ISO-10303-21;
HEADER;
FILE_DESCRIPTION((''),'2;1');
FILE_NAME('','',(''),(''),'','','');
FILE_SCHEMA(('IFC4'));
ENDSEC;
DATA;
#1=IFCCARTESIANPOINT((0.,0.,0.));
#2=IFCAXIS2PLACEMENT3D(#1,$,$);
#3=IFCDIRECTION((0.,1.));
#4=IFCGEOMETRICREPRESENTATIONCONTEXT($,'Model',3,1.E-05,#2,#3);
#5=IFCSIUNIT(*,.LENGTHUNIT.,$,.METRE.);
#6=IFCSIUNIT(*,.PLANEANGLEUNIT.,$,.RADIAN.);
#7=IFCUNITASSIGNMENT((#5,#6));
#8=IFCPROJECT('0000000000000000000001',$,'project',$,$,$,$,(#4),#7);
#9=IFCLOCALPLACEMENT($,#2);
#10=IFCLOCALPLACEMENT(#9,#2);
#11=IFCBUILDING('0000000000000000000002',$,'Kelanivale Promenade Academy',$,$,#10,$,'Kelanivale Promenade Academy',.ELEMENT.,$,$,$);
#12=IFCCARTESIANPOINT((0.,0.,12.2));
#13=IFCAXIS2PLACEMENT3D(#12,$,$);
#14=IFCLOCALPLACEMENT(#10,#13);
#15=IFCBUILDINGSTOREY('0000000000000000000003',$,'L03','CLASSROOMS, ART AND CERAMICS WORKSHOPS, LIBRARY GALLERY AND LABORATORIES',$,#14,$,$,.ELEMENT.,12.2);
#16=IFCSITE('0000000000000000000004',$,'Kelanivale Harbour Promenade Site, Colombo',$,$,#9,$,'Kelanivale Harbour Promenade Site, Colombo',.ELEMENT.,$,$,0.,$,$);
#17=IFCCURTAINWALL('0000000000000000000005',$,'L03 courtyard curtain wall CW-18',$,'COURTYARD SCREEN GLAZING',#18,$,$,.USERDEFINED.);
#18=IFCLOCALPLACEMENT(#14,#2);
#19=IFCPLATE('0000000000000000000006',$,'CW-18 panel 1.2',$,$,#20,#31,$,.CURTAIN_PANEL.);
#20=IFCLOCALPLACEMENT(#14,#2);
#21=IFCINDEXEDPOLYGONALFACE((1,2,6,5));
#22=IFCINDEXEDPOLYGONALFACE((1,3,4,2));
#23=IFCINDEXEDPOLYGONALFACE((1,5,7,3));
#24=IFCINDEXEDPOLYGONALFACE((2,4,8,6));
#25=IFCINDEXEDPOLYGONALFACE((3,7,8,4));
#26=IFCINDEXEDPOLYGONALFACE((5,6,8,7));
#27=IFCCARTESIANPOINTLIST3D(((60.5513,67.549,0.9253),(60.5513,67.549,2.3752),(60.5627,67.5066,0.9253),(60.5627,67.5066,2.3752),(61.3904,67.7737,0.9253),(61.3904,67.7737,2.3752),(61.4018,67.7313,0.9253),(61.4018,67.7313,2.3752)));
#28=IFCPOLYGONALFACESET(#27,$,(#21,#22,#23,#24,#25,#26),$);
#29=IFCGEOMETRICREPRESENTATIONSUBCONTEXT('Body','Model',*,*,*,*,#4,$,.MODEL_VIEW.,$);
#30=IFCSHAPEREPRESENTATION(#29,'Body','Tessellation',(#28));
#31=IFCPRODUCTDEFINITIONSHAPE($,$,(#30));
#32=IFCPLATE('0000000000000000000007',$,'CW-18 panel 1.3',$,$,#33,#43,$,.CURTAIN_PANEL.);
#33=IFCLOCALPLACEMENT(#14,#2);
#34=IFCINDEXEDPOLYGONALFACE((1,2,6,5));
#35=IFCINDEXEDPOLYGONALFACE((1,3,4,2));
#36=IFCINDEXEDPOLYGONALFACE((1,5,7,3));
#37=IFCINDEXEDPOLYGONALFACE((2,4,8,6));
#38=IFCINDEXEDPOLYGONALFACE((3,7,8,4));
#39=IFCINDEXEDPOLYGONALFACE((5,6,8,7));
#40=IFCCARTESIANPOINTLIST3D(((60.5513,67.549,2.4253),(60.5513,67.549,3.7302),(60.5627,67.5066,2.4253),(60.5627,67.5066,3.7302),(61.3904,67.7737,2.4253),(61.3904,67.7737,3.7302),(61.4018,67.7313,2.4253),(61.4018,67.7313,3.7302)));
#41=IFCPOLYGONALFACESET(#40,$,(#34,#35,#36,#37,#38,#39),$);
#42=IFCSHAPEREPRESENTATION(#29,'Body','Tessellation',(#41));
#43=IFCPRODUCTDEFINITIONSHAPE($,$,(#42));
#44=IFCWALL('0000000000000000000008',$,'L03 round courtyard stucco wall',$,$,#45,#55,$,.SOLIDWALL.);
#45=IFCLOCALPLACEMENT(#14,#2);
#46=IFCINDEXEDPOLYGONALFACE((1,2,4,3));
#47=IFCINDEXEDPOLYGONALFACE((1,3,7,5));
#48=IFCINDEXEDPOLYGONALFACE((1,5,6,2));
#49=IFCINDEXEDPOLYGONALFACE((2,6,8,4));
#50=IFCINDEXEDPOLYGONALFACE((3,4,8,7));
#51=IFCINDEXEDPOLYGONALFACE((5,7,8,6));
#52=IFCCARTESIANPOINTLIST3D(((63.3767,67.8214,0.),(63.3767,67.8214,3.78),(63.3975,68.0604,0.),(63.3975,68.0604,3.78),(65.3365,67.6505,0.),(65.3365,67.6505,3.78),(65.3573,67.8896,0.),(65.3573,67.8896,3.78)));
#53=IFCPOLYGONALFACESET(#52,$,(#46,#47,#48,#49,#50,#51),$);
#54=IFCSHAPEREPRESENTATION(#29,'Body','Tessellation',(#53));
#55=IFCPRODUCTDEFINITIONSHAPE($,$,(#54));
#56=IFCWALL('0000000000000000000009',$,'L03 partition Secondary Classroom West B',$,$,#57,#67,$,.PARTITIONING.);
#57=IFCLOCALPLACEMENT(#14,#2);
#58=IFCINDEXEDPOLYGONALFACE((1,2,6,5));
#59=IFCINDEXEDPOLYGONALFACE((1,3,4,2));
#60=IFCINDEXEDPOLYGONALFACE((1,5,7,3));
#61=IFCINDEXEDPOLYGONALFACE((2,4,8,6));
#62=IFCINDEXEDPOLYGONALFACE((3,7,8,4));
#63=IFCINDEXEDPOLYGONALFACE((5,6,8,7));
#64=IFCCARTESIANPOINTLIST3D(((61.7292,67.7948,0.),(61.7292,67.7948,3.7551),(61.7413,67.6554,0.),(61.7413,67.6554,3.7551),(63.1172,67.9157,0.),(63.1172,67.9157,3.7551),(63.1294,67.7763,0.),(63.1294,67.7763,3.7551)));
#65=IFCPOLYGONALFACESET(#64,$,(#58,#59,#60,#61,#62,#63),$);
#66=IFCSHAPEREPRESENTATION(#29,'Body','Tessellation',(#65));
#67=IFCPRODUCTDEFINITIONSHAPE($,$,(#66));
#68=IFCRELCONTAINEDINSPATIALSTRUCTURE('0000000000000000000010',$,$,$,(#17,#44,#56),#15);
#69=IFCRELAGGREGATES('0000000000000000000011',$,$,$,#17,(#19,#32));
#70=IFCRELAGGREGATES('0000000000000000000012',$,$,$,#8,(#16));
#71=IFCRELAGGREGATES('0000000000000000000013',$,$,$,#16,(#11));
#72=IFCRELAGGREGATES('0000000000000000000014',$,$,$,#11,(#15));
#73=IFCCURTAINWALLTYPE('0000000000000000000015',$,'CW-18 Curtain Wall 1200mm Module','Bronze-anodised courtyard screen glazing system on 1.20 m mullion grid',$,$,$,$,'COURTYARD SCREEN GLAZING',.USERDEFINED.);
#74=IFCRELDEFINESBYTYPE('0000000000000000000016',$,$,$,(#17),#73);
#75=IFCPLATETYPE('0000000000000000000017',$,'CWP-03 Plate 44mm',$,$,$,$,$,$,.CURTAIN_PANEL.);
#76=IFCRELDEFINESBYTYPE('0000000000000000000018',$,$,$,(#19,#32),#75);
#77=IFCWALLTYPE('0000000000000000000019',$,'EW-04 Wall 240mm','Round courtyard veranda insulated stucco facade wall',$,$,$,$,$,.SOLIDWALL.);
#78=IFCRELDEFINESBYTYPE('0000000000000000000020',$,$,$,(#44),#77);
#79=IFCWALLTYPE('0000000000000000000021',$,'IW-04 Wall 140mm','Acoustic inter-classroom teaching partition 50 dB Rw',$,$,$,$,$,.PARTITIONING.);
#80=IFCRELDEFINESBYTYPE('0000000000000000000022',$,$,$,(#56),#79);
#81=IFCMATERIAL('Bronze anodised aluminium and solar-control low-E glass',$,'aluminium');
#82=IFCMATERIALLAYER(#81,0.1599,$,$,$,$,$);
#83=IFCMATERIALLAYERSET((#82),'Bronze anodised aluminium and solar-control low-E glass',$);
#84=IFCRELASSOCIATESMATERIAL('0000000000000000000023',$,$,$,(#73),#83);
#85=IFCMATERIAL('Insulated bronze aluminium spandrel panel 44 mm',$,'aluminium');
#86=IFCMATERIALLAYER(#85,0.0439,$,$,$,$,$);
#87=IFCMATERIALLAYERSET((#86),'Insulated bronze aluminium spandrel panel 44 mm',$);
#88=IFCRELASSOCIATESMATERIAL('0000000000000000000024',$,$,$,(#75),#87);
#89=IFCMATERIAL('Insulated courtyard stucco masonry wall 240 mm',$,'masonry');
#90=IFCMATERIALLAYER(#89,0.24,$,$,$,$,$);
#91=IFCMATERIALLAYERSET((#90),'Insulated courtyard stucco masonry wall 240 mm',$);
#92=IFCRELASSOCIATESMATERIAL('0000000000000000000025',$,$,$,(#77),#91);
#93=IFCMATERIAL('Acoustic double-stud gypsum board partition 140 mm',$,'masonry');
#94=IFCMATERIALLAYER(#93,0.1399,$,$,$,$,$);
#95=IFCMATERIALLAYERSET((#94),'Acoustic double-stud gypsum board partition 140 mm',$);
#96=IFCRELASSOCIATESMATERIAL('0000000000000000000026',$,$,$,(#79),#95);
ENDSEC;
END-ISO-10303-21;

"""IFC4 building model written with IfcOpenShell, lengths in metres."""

from ifc_helpers import new_model, si_unit, direction, frame, frame_2d, origin, origin_2d, place, context, subcontext, project, spatial, rectangle, extrude, material, layer, layer_set, type_object, element, aggregate, save


model = new_model("IFC4")

# Units and contexts
model_context = context("Model", 3, precision=1e-05, world=origin(), true_north=direction((0.0, 1.0)))
body_context = subcontext(model_context, "Body", "Model", "MODEL_VIEW")
ifc_project = project(units=[si_unit("LENGTHUNIT", "METRE"), si_unit("PLANEANGLEUNIT", "RADIAN")], contexts=[model_context])

# Site, building, storey
site_placement = place(None, origin())
site = spatial("IfcSite", under=ifc_project, at=site_placement, Name="Kelanivale Harbour Promenade Site, Colombo", LongName="Kelanivale Harbour Promenade Site, Colombo", CompositionType="ELEMENT", RefElevation=0.0)
building_placement = place(site_placement, origin())
building = spatial("IfcBuilding", under=site, at=building_placement, Name="Kelanivale Promenade Academy", LongName="Kelanivale Promenade Academy", CompositionType="ELEMENT")
storey_placement = place(building_placement, frame((0.0, 0.0, 12.2)))
storey = spatial("IfcBuildingStorey", under=building, at=storey_placement, Name="L03", Description="CLASSROOMS, ART AND CERAMICS WORKSHOPS, LIBRARY GALLERY AND LABORATORIES", CompositionType="ELEMENT", Elevation=12.2)

# Shared definitions
ifc_material_1 = material(Name="Bronze anodised aluminium and solar-control low-E glass", Category="aluminium")

# Curtain wall
ifc_layer_1 = layer(ifc_material_1, 0.1599)
ifc_layer_set_1 = layer_set([ifc_layer_1], Name="Bronze anodised aluminium and solar-control low-E glass")
curtain_wall_type_1 = type_object("IfcCurtainWallType", Name="CW-18 Curtain Wall 1200mm Module", Description="Bronze-anodised courtyard screen glazing system on 1.20 m mullion grid", ElementType="COURTYARD SCREEN GLAZING", PredefinedType="USERDEFINED", material=ifc_layer_set_1)
curtain_wall_1_placement = place(storey_placement, origin())
curtain_wall_1 = element("IfcCurtainWall", 1, at=curtain_wall_1_placement, inside=storey, type_object=curtain_wall_type_1, Name="L03 courtyard curtain wall CW-18", ObjectType="COURTYARD SCREEN GLAZING", PredefinedType="USERDEFINED")

# Plates
ifc_material_2 = material(Name="Insulated bronze aluminium spandrel panel 44 mm", Category="aluminium")
ifc_layer_2 = layer(ifc_material_2, 0.0439)
ifc_layer_set_2 = layer_set([ifc_layer_2], Name="Insulated bronze aluminium spandrel panel 44 mm")
plate_type_1 = type_object("IfcPlateType", Name="CWP-03 Plate 44mm", PredefinedType="CURTAIN_PANEL", material=ifc_layer_set_2)
plate_1_placement = place(storey_placement, frame((60.9766, 67.6401, 0.9253), z_axis=(0.0, 0.0, 1.0), x_axis=(-0.965957, -0.258701, 0.0)))
plate_1 = element("IfcPlate", 2, at=plate_1_placement, type_object=plate_type_1, Name="CW-18 panel 1.2", PredefinedType="CURTAIN_PANEL", context=body_context, shape_type="SweptSolid", body=[
    extrude(rectangle(XDim=0.8687, YDim=0.0439, at=origin_2d()), origin(), (0.0, 0.0, 1.0), 1.45),
])
plate_2_placement = place(storey_placement, frame((60.9766, 67.6401, 2.4253), z_axis=(0.0, 0.0, 1.0), x_axis=(-0.965957, -0.258701, 0.0)))
plate_2 = element("IfcPlate", 3, at=plate_2_placement, type_object=plate_type_1, Name="CW-18 panel 1.3", PredefinedType="CURTAIN_PANEL", context=body_context, shape_type="SweptSolid", body=[
    extrude(rectangle(XDim=0.8687, YDim=0.0439, at=origin_2d()), origin(), (0.0, 0.0, 1.0), 1.3049),
])
aggregate(curtain_wall_1, [plate_1, plate_2])

# Walls
ifc_material_3 = material(Name="Insulated courtyard stucco masonry wall 240 mm", Category="masonry")
ifc_layer_3 = layer(ifc_material_3, 0.24)
ifc_layer_set_3 = layer_set([ifc_layer_3], Name="Insulated courtyard stucco masonry wall 240 mm")
wall_type_1 = type_object("IfcWallType", Name="EW-04 Wall 240mm", Description="Round courtyard veranda insulated stucco facade wall", PredefinedType="SOLIDWALL", material=ifc_layer_set_3)
wall_1_placement = place(storey_placement, frame((65.3469, 67.77, 0.0), z_axis=(0.0, 0.0, 1.0), x_axis=(-0.99622, 0.086865, 0.0)))
element("IfcWall", 4, at=wall_1_placement, inside=storey, type_object=wall_type_1, Name="L03 round courtyard stucco wall", PredefinedType="SOLIDWALL", context=body_context, shape_type="SweptSolid", body=[
    extrude(rectangle(XDim=1.9673, YDim=0.24, at=frame_2d((0.9836, 0.0))), origin(), (0.0, 0.0, 1.0), 3.78),
])
ifc_material_4 = material(Name="Acoustic double-stud gypsum board partition 140 mm", Category="masonry")
ifc_layer_4 = layer(ifc_material_4, 0.1399)
ifc_layer_set_4 = layer_set([ifc_layer_4], Name="Acoustic double-stud gypsum board partition 140 mm")
wall_type_2 = type_object("IfcWallType", Name="IW-04 Wall 140mm", Description="Acoustic inter-classroom teaching partition 50 dB Rw", PredefinedType="PARTITIONING", material=ifc_layer_set_4)
wall_2_placement = place(storey_placement, frame((61.7351, 67.7251, 0.0), z_axis=(0.0, 0.0, 1.0), x_axis=(0.996231, 0.086743, 0.0)))
element("IfcWall", 5, at=wall_2_placement, inside=storey, type_object=wall_type_2, Name="L03 partition Secondary Classroom West B", PredefinedType="PARTITIONING", context=body_context, shape_type="SweptSolid", body=[
    extrude(rectangle(XDim=1.3933, YDim=0.1399, at=frame_2d((0.6968, 0.0))), origin(), (0.0, 0.0, 1.0), 3.7551),
])

save(model, "model.ifc")
